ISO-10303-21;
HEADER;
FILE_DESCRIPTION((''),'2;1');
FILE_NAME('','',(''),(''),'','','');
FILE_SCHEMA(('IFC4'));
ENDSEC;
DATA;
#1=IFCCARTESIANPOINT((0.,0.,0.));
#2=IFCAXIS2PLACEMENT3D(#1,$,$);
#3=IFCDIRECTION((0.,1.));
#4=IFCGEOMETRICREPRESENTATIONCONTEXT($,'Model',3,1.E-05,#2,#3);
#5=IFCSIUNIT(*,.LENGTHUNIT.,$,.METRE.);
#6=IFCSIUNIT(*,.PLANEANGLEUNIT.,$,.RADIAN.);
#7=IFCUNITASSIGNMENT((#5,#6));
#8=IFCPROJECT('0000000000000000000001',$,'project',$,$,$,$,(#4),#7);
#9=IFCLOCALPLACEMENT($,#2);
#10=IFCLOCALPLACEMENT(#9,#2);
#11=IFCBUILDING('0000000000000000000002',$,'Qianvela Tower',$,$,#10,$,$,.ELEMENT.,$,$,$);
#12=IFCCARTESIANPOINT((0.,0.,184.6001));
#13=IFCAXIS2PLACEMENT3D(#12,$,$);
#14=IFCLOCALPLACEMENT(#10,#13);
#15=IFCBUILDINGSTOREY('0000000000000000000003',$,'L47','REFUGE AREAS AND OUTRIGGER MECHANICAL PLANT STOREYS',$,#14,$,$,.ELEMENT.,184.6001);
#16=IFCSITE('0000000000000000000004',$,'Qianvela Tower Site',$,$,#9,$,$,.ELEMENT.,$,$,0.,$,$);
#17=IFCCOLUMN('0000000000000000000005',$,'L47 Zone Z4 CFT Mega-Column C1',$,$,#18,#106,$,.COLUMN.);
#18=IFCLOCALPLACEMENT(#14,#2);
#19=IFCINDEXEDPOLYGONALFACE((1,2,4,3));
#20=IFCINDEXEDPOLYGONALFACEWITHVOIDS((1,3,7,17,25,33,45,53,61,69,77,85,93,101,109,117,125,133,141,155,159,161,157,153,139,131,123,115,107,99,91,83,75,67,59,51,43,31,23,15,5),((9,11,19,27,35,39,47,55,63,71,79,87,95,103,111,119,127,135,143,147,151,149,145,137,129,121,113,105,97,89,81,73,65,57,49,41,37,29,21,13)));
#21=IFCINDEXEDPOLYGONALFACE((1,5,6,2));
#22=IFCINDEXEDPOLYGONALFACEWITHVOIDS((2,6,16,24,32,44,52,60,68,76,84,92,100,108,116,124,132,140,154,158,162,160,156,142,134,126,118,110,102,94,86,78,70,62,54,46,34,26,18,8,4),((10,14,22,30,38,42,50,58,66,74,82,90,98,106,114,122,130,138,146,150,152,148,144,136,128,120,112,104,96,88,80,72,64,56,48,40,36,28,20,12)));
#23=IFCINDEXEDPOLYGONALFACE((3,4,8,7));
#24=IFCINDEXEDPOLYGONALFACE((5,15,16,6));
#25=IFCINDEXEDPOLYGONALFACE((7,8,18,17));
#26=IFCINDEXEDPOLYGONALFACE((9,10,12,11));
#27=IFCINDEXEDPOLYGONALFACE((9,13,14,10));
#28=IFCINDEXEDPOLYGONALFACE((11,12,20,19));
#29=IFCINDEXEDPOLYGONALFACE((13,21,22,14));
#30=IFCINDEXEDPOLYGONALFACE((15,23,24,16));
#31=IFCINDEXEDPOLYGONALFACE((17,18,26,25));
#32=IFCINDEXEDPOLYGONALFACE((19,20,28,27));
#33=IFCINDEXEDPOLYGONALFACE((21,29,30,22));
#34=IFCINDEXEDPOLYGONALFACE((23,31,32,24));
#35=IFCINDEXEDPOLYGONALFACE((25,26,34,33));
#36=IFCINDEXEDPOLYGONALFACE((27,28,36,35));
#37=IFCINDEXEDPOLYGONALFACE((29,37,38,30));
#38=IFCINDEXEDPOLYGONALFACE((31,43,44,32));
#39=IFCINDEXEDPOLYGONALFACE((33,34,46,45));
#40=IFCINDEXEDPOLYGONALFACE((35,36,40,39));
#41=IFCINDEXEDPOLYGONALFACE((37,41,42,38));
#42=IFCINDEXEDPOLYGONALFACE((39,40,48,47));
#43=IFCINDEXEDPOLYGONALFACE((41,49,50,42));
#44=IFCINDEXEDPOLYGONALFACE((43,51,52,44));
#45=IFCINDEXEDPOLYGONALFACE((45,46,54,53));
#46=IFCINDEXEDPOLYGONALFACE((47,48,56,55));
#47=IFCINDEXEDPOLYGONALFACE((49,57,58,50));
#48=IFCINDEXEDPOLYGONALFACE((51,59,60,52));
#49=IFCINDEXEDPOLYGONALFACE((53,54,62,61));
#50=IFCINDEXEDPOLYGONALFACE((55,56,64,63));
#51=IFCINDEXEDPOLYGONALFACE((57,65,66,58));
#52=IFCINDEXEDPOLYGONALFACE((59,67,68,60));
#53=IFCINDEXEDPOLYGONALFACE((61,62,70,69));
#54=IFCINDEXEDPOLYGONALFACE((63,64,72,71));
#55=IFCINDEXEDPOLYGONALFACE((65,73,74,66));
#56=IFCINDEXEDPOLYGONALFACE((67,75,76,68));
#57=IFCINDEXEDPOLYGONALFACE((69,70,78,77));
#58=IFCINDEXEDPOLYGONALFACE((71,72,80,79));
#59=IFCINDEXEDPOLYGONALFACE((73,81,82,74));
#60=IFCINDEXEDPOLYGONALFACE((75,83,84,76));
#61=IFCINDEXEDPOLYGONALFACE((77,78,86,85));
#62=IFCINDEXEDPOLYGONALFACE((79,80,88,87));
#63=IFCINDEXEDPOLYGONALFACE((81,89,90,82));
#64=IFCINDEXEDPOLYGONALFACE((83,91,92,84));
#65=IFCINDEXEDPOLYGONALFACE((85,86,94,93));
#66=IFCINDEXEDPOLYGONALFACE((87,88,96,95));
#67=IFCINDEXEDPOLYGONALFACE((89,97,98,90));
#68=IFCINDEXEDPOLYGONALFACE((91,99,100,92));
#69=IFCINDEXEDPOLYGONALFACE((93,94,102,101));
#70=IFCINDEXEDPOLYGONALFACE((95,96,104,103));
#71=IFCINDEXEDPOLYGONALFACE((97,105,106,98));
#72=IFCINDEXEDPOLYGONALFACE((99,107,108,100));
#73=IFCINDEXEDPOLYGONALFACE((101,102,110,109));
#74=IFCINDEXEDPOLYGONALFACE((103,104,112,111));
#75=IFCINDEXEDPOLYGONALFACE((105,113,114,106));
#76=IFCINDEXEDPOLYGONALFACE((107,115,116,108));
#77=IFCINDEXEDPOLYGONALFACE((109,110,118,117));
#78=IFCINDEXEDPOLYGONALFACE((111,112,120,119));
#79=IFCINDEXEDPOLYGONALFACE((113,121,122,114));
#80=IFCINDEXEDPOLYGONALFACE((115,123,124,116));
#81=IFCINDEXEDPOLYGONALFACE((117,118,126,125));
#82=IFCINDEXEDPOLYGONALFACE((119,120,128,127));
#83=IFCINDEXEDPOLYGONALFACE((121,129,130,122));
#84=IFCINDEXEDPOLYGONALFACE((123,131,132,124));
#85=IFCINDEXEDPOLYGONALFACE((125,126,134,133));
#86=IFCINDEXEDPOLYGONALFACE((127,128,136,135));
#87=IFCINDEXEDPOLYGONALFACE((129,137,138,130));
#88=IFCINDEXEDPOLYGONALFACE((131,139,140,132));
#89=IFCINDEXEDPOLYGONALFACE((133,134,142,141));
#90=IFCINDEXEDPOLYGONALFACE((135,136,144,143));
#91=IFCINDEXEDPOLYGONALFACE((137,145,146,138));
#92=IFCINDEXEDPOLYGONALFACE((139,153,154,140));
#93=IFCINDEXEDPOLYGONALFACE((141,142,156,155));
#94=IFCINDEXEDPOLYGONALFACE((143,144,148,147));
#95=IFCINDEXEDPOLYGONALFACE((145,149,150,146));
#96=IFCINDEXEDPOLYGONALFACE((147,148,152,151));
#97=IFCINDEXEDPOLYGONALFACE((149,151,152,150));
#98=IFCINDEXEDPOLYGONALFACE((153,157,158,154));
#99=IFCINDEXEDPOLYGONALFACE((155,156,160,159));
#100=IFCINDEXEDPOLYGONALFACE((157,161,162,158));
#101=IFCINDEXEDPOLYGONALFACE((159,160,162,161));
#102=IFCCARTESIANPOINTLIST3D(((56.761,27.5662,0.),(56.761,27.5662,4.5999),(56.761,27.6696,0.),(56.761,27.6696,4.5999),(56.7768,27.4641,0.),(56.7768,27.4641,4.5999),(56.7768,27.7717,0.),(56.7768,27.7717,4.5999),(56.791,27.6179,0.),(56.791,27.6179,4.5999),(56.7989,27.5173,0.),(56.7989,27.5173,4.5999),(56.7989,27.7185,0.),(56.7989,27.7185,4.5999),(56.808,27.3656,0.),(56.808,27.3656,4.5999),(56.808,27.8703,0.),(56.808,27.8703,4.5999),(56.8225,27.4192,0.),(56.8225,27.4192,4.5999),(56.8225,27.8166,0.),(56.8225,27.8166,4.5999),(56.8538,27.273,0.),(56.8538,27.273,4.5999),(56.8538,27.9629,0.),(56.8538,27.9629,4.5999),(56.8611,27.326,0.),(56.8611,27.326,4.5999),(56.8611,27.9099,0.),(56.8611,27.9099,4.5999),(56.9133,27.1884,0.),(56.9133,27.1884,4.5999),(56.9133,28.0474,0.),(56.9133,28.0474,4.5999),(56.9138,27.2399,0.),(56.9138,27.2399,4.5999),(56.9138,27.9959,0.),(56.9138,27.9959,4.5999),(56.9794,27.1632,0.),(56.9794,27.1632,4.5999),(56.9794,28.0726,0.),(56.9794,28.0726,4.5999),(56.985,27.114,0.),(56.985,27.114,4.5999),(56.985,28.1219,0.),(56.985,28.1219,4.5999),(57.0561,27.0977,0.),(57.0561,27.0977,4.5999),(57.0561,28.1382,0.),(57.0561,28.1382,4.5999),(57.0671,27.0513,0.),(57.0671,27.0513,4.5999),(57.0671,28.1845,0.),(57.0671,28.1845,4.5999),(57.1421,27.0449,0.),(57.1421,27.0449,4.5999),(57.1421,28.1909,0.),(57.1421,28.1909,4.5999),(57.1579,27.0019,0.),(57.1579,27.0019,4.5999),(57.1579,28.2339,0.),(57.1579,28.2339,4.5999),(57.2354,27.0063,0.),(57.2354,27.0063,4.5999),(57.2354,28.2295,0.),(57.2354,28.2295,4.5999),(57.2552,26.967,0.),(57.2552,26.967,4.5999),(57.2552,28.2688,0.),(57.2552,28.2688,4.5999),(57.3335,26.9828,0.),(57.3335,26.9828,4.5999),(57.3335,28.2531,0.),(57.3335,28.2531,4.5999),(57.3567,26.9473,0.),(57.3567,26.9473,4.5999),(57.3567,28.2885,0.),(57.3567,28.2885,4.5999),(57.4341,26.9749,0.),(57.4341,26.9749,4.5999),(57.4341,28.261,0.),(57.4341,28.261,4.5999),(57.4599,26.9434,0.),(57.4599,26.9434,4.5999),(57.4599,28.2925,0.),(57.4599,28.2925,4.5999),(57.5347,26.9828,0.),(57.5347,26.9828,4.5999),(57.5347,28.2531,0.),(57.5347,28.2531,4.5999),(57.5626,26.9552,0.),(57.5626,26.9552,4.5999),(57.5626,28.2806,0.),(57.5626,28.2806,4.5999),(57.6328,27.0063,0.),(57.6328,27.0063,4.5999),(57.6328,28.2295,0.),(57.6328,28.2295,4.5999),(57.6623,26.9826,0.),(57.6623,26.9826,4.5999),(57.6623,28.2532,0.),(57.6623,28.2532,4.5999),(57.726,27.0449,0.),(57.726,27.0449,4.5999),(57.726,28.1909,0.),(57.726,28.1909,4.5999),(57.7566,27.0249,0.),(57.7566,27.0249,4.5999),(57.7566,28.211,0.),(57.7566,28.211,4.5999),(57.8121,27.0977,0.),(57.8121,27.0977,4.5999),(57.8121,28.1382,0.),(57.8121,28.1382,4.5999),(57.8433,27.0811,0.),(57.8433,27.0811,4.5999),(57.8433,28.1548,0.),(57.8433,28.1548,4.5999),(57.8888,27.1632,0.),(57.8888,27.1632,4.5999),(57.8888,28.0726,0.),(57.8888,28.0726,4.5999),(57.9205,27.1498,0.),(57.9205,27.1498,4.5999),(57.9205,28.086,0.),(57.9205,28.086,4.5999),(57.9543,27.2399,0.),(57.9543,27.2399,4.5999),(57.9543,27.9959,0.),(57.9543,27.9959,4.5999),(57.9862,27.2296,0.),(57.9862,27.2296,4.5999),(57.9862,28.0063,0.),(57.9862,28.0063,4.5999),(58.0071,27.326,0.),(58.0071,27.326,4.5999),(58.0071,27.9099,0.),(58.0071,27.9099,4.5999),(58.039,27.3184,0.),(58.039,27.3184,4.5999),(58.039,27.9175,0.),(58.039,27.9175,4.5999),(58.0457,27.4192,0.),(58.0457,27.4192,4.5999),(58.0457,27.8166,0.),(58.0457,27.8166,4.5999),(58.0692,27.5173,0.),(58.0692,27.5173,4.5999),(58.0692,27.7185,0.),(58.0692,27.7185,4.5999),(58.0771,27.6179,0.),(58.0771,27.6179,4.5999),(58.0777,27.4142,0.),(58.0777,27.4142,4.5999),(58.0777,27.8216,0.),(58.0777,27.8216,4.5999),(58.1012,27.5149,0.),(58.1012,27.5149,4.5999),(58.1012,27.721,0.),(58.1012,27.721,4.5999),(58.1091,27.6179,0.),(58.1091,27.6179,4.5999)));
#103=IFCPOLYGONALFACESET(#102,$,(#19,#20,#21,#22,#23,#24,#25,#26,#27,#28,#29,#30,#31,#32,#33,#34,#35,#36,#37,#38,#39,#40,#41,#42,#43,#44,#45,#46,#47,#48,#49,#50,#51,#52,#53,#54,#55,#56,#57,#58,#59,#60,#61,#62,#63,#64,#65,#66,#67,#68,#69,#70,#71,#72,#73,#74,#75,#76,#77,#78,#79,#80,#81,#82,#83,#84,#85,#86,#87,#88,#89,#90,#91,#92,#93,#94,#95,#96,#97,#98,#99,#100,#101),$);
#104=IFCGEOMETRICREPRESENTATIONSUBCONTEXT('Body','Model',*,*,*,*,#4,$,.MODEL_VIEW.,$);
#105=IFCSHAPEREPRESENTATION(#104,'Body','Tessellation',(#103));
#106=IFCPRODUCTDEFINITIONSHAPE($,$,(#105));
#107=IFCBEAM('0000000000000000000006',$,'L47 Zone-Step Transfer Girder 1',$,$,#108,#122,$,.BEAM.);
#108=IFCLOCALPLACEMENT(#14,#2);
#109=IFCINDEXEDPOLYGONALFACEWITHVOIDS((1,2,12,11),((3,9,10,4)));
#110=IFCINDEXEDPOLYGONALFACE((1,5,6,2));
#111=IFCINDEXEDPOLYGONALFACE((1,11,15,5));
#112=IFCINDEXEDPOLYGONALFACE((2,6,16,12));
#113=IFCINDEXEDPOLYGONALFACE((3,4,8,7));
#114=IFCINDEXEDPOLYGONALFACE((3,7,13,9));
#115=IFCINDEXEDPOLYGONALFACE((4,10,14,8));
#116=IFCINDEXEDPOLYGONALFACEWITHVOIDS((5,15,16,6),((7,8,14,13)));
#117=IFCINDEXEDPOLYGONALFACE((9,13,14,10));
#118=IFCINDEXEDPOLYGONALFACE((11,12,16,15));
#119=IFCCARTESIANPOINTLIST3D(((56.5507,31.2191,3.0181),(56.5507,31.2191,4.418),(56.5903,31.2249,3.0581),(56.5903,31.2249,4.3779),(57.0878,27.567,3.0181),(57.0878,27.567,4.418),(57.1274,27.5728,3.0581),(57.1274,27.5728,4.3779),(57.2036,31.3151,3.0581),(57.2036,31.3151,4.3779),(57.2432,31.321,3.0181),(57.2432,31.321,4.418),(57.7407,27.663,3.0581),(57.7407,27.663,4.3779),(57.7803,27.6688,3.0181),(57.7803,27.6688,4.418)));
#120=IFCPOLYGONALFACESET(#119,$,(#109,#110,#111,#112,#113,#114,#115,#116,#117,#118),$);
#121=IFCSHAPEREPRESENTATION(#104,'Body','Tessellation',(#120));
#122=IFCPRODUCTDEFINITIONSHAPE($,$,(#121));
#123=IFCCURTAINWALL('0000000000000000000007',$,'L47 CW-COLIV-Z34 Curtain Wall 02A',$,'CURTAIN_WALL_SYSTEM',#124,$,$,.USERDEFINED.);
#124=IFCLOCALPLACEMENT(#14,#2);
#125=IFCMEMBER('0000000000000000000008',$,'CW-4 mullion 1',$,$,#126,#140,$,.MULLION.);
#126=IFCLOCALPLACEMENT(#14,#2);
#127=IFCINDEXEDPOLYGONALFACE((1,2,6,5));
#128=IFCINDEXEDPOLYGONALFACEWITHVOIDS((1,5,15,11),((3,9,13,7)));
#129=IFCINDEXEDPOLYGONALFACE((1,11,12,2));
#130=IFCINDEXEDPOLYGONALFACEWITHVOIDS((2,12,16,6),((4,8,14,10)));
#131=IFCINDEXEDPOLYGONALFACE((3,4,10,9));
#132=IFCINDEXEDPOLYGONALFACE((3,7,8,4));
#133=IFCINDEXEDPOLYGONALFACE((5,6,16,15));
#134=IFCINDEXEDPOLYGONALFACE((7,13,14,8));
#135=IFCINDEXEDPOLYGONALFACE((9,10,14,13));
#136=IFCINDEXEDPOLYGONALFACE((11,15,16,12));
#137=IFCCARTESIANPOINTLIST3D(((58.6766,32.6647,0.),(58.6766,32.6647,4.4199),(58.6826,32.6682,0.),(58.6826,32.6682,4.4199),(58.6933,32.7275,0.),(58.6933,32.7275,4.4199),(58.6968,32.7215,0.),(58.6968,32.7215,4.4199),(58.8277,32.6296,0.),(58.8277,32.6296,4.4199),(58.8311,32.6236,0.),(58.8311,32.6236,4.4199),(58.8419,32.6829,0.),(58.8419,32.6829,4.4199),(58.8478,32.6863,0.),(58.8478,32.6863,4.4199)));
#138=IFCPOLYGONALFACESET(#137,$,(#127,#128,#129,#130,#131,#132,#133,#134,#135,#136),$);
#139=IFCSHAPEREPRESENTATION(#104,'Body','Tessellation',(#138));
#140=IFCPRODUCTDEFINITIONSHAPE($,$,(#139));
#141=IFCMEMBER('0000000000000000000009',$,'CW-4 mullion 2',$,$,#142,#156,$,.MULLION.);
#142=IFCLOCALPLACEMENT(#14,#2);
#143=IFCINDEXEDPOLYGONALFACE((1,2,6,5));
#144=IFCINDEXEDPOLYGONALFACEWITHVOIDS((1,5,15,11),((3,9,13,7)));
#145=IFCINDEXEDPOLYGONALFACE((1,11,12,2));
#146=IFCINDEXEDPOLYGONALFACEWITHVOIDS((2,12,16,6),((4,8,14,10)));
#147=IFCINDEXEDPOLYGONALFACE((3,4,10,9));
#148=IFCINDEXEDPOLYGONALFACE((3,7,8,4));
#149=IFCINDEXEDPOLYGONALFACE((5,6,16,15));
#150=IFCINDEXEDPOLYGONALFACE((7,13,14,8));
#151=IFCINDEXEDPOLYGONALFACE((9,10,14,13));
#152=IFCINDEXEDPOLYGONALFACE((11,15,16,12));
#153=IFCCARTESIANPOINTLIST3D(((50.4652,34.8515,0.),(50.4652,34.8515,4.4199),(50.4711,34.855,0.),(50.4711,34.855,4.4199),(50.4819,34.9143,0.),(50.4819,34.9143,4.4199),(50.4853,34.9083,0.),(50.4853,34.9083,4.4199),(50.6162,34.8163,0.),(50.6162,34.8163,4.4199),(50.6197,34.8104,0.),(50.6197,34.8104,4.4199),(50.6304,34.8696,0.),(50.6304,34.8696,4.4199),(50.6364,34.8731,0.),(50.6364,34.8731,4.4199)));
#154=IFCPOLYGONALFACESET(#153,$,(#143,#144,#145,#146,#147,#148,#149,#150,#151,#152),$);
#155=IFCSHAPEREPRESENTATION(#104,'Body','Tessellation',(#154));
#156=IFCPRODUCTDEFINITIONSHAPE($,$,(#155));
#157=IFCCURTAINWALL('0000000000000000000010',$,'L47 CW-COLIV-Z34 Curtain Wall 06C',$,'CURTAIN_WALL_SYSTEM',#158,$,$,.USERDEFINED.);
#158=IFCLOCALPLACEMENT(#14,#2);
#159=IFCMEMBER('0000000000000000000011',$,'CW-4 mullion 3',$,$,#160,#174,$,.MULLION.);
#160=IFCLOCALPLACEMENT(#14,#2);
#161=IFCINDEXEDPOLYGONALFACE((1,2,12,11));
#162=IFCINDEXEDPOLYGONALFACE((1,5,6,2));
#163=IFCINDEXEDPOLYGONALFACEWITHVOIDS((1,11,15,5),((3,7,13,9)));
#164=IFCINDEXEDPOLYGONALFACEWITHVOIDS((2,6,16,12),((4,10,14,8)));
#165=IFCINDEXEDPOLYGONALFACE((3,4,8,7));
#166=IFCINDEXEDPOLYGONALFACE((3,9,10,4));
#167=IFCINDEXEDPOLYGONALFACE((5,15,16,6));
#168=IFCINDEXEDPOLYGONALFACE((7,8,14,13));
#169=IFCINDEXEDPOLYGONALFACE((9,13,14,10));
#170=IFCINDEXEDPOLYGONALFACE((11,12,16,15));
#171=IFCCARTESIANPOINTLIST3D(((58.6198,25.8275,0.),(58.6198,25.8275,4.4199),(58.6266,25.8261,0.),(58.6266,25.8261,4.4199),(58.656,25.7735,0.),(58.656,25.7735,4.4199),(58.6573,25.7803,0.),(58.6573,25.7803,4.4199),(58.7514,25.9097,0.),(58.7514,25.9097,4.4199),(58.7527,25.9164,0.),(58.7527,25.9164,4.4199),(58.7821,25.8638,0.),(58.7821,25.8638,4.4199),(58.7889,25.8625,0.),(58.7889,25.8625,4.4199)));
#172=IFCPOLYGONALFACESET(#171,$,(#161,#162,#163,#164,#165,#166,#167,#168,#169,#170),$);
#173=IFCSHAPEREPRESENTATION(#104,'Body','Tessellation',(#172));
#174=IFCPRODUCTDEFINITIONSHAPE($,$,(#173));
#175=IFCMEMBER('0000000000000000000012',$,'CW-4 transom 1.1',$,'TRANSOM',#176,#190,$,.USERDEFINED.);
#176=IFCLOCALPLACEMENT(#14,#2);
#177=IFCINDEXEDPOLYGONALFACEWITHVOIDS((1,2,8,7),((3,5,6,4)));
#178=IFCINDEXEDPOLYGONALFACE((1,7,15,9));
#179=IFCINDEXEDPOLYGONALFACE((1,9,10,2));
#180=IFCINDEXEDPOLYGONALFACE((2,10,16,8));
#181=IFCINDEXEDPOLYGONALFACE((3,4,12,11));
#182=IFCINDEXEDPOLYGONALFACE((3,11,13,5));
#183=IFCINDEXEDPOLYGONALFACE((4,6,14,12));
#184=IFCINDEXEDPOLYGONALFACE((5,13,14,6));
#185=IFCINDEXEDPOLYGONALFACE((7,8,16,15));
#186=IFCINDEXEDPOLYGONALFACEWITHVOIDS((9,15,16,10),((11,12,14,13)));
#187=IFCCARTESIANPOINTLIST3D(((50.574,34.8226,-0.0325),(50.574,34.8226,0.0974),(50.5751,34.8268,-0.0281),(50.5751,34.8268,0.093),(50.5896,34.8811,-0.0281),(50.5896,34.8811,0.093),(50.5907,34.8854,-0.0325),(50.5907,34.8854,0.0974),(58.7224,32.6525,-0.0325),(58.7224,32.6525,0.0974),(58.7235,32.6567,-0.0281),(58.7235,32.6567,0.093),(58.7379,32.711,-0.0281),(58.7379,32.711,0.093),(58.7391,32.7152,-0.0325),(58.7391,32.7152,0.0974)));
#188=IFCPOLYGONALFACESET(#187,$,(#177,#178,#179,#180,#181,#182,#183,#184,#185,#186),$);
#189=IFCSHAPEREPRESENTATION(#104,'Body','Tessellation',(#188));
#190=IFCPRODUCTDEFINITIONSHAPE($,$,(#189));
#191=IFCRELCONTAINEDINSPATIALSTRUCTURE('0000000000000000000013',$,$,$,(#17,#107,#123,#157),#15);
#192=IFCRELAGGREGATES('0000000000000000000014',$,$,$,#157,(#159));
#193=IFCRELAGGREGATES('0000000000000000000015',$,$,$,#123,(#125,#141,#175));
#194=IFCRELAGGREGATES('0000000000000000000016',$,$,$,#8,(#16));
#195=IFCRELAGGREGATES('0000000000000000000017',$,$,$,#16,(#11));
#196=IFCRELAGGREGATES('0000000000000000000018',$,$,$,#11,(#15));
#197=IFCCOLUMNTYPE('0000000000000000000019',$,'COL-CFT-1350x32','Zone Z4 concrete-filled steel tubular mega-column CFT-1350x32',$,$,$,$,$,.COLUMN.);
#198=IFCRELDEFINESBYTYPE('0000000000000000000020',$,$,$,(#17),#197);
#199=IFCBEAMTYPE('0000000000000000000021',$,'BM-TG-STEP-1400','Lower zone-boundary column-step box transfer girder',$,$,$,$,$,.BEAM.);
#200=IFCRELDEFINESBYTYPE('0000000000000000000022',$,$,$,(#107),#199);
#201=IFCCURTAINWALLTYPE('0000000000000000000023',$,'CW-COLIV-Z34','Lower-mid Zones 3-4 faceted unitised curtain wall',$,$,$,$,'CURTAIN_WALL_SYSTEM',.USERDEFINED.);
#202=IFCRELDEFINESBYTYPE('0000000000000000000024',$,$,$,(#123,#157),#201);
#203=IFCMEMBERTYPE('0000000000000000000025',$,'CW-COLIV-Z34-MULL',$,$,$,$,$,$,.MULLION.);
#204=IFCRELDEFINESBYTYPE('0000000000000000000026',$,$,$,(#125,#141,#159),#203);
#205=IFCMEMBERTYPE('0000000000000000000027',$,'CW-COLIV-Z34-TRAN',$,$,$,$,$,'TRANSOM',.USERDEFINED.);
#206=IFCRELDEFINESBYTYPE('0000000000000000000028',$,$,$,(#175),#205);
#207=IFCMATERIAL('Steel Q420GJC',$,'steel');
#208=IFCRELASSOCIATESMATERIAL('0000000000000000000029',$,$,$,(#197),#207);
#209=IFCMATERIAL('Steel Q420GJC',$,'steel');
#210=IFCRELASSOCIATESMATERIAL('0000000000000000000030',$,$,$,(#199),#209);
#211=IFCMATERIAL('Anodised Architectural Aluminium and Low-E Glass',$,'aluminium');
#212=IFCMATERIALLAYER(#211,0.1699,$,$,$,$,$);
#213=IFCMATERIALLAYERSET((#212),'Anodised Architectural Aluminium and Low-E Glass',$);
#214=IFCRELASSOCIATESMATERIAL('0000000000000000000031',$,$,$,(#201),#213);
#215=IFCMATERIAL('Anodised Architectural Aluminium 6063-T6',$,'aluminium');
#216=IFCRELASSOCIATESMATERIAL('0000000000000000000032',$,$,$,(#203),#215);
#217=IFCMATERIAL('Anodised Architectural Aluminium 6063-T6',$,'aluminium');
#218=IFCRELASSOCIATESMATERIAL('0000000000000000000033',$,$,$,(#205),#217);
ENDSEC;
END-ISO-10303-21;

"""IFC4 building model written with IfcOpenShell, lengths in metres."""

from ifc_helpers import new_model, si_unit, direction, frame, origin, origin_2d, place, context, subcontext, project, spatial, hollow_rectangle, hollow_circle, extrude, material, layer, layer_set, material_profile, profile_set, type_object, element, aggregate, save


model = new_model("IFC4")

# Units and contexts
model_context = context("Model", 3, precision=1e-05, world=origin(), true_north=direction((0.0, 1.0)))
body_context = subcontext(model_context, "Body", "Model", "MODEL_VIEW")
ifc_project = project(units=[si_unit("LENGTHUNIT", "METRE"), si_unit("PLANEANGLEUNIT", "RADIAN")], contexts=[model_context])

# Site, building, storey
site_placement = place(None, origin())
site = spatial("IfcSite", under=ifc_project, at=site_placement, Name="Qianvela Tower Site", CompositionType="ELEMENT", RefElevation=0.0)
building_placement = place(site_placement, origin())
building = spatial("IfcBuilding", under=site, at=building_placement, Name="Qianvela Tower", CompositionType="ELEMENT")
storey_placement = place(building_placement, frame((0.0, 0.0, 184.6001)))
storey = spatial("IfcBuildingStorey", under=building, at=storey_placement, Name="L47", Description="REFUGE AREAS AND OUTRIGGER MECHANICAL PLANT STOREYS", CompositionType="ELEMENT", Elevation=184.6001)

# Column
ifc_material_1 = material(Name="Steel Q420GJC", Category="steel")
ifc_material_profile_1 = material_profile(ifc_material_1, hollow_circle(Radius=0.675, WallThickness=0.032, at=origin_2d()), Name="CFT-1350x32")
ifc_profile_set_1 = profile_set([ifc_material_profile_1], Name="Steel Q420GJC")
column_type = type_object("IfcColumnType", Name="COL-CFT-1350x32", Description="Zone Z4 concrete-filled steel tubular mega-column CFT-1350x32", PredefinedType="COLUMN", material=ifc_profile_set_1)
column_placement = place(storey_placement, frame((57.4341, 27.6179, 0.0), z_axis=(0.0, 0.0, 1.0), x_axis=(1.0, 0.0, 0.0)))
element("IfcColumn", 1, at=column_placement, inside=storey, type_object=column_type, Name="L47 Zone Z4 CFT Mega-Column C1", PredefinedType="COLUMN", context=body_context, shape_type="SweptSolid", body=[
    extrude(hollow_circle(Radius=0.675, WallThickness=0.032, at=origin_2d()), origin(), (0.0, 0.0, 1.0), 4.5999),
])

# Beam
ifc_material_2 = material(Name="Steel Q420GJC", Category="steel")
ifc_material_profile_2 = material_profile(ifc_material_2, hollow_rectangle(XDim=0.7, YDim=1.3999, WallThickness=0.04, at=origin_2d()), Name="TG-BOX-1400x700x40")
ifc_profile_set_2 = profile_set([ifc_material_profile_2], Name="Steel Q420GJC")
beam_type = type_object("IfcBeamType", Name="BM-TG-STEP-1400", Description="Lower zone-boundary column-step box transfer girder", PredefinedType="BEAM", material=ifc_profile_set_2)
beam_placement = place(storey_placement, frame((57.4341, 27.6179, 3.718), z_axis=(-0.145504, 0.989358, 0.0), x_axis=(-0.989358, -0.145504, 0.0)))
element("IfcBeam", 2, at=beam_placement, inside=storey, type_object=beam_type, Name="L47 Zone-Step Transfer Girder 1", PredefinedType="BEAM", context=body_context, shape_type="SweptSolid", body=[
    extrude(hollow_rectangle(XDim=0.7, YDim=1.3999, WallThickness=0.04, at=origin_2d()), origin(), (0.0, 0.0, 1.0), 3.6914),
])

# Curtain wall, members
ifc_material_3 = material(Name="Anodised Architectural Aluminium and Low-E Glass", Category="aluminium")
ifc_layer_1 = layer(ifc_material_3, 0.1699)
ifc_layer_set_1 = layer_set([ifc_layer_1], Name="Anodised Architectural Aluminium and Low-E Glass")
curtain_wall_type = type_object("IfcCurtainWallType", Name="CW-COLIV-Z34", Description="Lower-mid Zones 3-4 faceted unitised curtain wall", ElementType="CURTAIN_WALL_SYSTEM", PredefinedType="USERDEFINED", material=ifc_layer_set_1)
curtain_wall_1_placement = place(storey_placement, origin())
curtain_wall_1 = element("IfcCurtainWall", 3, at=curtain_wall_1_placement, inside=storey, type_object=curtain_wall_type, Name="L47 CW-COLIV-Z34 Curtain Wall 02A", ObjectType="CURTAIN_WALL_SYSTEM", PredefinedType="USERDEFINED")
ifc_material_4 = material(Name="Anodised Architectural Aluminium 6063-T6", Category="aluminium")
ifc_material_profile_3 = material_profile(ifc_material_4, hollow_rectangle(XDim=0.0649, YDim=0.1599, WallThickness=0.0049, at=origin_2d()), Name="ALU-MULL-65x160")
ifc_profile_set_3 = profile_set([ifc_material_profile_3], Name="Anodised Architectural Aluminium 6063-T6")
member_type_1 = type_object("IfcMemberType", Name="CW-COLIV-Z34-MULL", PredefinedType="MULLION", material=ifc_profile_set_3)
member_1_placement = place(storey_placement, frame((58.7622, 32.6755, 0.0), z_axis=(0.0, 0.0, 1.0), x_axis=(-0.25735, -0.966318, 0.0)))
member_1 = element("IfcMember", 4, at=member_1_placement, type_object=member_type_1, Name="CW-4 mullion 1", PredefinedType="MULLION", context=body_context, shape_type="SweptSolid", body=[
    extrude(hollow_rectangle(XDim=0.0649, YDim=0.1599, WallThickness=0.0049, at=origin_2d()), origin(), (0.0, 0.0, 1.0), 4.4199),
])
member_2_placement = place(storey_placement, frame((50.5508, 34.8623, 0.0), z_axis=(0.0, 0.0, 1.0), x_axis=(-0.25735, -0.966318, 0.0)))
member_2 = element("IfcMember", 5, at=member_2_placement, type_object=member_type_1, Name="CW-4 mullion 2", PredefinedType="MULLION", context=body_context, shape_type="SweptSolid", body=[
    extrude(hollow_rectangle(XDim=0.0649, YDim=0.1599, WallThickness=0.0049, at=origin_2d()), origin(), (0.0, 0.0, 1.0), 4.4199),
])

# Curtain wall, member
curtain_wall_2_placement = place(storey_placement, origin())
curtain_wall_2 = element("IfcCurtainWall", 6, at=curtain_wall_2_placement, inside=storey, type_object=curtain_wall_type, Name="L47 CW-COLIV-Z34 Curtain Wall 06C", ObjectType="CURTAIN_WALL_SYSTEM", PredefinedType="USERDEFINED")
member_3_placement = place(storey_placement, frame((58.7043, 25.845, 0.0), z_axis=(0.0, 0.0, 1.0), x_axis=(-0.556194, 0.831052, 0.0)))
member_3 = element("IfcMember", 7, at=member_3_placement, type_object=member_type_1, Name="CW-4 mullion 3", PredefinedType="MULLION", context=body_context, shape_type="SweptSolid", body=[
    extrude(hollow_rectangle(XDim=0.0649, YDim=0.1599, WallThickness=0.0049, at=origin_2d()), origin(), (0.0, 0.0, 1.0), 4.4199),
])
aggregate(curtain_wall_2, [member_3])

# Member
ifc_material_5 = material(Name="Anodised Architectural Aluminium 6063-T6", Category="aluminium")
ifc_material_profile_4 = material_profile(ifc_material_5, hollow_rectangle(XDim=0.0649, YDim=0.1299, WallThickness=0.0044, at=origin_2d()), Name="ALU-TRAN-65x130")
ifc_profile_set_4 = profile_set([ifc_material_profile_4], Name="Anodised Architectural Aluminium 6063-T6")
member_type_2 = type_object("IfcMemberType", Name="CW-COLIV-Z34-TRAN", ElementType="TRANSOM", PredefinedType="USERDEFINED", material=ifc_profile_set_4)
member_4_placement = place(storey_placement, frame((58.7307, 32.6838, 0.0325), z_axis=(-0.966316, 0.257358, 0.0), x_axis=(-0.257358, -0.966316, 0.0)))
member_4 = element("IfcMember", 8, at=member_4_placement, type_object=member_type_2, Name="CW-4 transom 1.1", ObjectType="TRANSOM", PredefinedType="USERDEFINED", context=body_context, shape_type="SweptSolid", body=[
    extrude(hollow_rectangle(XDim=0.0649, YDim=0.1299, WallThickness=0.0044, at=origin_2d()), origin(), (0.0, 0.0, 1.0), 8.4324),
])

aggregate(curtain_wall_1, [member_1, member_2, member_4])

save(model, "model.ifc")
